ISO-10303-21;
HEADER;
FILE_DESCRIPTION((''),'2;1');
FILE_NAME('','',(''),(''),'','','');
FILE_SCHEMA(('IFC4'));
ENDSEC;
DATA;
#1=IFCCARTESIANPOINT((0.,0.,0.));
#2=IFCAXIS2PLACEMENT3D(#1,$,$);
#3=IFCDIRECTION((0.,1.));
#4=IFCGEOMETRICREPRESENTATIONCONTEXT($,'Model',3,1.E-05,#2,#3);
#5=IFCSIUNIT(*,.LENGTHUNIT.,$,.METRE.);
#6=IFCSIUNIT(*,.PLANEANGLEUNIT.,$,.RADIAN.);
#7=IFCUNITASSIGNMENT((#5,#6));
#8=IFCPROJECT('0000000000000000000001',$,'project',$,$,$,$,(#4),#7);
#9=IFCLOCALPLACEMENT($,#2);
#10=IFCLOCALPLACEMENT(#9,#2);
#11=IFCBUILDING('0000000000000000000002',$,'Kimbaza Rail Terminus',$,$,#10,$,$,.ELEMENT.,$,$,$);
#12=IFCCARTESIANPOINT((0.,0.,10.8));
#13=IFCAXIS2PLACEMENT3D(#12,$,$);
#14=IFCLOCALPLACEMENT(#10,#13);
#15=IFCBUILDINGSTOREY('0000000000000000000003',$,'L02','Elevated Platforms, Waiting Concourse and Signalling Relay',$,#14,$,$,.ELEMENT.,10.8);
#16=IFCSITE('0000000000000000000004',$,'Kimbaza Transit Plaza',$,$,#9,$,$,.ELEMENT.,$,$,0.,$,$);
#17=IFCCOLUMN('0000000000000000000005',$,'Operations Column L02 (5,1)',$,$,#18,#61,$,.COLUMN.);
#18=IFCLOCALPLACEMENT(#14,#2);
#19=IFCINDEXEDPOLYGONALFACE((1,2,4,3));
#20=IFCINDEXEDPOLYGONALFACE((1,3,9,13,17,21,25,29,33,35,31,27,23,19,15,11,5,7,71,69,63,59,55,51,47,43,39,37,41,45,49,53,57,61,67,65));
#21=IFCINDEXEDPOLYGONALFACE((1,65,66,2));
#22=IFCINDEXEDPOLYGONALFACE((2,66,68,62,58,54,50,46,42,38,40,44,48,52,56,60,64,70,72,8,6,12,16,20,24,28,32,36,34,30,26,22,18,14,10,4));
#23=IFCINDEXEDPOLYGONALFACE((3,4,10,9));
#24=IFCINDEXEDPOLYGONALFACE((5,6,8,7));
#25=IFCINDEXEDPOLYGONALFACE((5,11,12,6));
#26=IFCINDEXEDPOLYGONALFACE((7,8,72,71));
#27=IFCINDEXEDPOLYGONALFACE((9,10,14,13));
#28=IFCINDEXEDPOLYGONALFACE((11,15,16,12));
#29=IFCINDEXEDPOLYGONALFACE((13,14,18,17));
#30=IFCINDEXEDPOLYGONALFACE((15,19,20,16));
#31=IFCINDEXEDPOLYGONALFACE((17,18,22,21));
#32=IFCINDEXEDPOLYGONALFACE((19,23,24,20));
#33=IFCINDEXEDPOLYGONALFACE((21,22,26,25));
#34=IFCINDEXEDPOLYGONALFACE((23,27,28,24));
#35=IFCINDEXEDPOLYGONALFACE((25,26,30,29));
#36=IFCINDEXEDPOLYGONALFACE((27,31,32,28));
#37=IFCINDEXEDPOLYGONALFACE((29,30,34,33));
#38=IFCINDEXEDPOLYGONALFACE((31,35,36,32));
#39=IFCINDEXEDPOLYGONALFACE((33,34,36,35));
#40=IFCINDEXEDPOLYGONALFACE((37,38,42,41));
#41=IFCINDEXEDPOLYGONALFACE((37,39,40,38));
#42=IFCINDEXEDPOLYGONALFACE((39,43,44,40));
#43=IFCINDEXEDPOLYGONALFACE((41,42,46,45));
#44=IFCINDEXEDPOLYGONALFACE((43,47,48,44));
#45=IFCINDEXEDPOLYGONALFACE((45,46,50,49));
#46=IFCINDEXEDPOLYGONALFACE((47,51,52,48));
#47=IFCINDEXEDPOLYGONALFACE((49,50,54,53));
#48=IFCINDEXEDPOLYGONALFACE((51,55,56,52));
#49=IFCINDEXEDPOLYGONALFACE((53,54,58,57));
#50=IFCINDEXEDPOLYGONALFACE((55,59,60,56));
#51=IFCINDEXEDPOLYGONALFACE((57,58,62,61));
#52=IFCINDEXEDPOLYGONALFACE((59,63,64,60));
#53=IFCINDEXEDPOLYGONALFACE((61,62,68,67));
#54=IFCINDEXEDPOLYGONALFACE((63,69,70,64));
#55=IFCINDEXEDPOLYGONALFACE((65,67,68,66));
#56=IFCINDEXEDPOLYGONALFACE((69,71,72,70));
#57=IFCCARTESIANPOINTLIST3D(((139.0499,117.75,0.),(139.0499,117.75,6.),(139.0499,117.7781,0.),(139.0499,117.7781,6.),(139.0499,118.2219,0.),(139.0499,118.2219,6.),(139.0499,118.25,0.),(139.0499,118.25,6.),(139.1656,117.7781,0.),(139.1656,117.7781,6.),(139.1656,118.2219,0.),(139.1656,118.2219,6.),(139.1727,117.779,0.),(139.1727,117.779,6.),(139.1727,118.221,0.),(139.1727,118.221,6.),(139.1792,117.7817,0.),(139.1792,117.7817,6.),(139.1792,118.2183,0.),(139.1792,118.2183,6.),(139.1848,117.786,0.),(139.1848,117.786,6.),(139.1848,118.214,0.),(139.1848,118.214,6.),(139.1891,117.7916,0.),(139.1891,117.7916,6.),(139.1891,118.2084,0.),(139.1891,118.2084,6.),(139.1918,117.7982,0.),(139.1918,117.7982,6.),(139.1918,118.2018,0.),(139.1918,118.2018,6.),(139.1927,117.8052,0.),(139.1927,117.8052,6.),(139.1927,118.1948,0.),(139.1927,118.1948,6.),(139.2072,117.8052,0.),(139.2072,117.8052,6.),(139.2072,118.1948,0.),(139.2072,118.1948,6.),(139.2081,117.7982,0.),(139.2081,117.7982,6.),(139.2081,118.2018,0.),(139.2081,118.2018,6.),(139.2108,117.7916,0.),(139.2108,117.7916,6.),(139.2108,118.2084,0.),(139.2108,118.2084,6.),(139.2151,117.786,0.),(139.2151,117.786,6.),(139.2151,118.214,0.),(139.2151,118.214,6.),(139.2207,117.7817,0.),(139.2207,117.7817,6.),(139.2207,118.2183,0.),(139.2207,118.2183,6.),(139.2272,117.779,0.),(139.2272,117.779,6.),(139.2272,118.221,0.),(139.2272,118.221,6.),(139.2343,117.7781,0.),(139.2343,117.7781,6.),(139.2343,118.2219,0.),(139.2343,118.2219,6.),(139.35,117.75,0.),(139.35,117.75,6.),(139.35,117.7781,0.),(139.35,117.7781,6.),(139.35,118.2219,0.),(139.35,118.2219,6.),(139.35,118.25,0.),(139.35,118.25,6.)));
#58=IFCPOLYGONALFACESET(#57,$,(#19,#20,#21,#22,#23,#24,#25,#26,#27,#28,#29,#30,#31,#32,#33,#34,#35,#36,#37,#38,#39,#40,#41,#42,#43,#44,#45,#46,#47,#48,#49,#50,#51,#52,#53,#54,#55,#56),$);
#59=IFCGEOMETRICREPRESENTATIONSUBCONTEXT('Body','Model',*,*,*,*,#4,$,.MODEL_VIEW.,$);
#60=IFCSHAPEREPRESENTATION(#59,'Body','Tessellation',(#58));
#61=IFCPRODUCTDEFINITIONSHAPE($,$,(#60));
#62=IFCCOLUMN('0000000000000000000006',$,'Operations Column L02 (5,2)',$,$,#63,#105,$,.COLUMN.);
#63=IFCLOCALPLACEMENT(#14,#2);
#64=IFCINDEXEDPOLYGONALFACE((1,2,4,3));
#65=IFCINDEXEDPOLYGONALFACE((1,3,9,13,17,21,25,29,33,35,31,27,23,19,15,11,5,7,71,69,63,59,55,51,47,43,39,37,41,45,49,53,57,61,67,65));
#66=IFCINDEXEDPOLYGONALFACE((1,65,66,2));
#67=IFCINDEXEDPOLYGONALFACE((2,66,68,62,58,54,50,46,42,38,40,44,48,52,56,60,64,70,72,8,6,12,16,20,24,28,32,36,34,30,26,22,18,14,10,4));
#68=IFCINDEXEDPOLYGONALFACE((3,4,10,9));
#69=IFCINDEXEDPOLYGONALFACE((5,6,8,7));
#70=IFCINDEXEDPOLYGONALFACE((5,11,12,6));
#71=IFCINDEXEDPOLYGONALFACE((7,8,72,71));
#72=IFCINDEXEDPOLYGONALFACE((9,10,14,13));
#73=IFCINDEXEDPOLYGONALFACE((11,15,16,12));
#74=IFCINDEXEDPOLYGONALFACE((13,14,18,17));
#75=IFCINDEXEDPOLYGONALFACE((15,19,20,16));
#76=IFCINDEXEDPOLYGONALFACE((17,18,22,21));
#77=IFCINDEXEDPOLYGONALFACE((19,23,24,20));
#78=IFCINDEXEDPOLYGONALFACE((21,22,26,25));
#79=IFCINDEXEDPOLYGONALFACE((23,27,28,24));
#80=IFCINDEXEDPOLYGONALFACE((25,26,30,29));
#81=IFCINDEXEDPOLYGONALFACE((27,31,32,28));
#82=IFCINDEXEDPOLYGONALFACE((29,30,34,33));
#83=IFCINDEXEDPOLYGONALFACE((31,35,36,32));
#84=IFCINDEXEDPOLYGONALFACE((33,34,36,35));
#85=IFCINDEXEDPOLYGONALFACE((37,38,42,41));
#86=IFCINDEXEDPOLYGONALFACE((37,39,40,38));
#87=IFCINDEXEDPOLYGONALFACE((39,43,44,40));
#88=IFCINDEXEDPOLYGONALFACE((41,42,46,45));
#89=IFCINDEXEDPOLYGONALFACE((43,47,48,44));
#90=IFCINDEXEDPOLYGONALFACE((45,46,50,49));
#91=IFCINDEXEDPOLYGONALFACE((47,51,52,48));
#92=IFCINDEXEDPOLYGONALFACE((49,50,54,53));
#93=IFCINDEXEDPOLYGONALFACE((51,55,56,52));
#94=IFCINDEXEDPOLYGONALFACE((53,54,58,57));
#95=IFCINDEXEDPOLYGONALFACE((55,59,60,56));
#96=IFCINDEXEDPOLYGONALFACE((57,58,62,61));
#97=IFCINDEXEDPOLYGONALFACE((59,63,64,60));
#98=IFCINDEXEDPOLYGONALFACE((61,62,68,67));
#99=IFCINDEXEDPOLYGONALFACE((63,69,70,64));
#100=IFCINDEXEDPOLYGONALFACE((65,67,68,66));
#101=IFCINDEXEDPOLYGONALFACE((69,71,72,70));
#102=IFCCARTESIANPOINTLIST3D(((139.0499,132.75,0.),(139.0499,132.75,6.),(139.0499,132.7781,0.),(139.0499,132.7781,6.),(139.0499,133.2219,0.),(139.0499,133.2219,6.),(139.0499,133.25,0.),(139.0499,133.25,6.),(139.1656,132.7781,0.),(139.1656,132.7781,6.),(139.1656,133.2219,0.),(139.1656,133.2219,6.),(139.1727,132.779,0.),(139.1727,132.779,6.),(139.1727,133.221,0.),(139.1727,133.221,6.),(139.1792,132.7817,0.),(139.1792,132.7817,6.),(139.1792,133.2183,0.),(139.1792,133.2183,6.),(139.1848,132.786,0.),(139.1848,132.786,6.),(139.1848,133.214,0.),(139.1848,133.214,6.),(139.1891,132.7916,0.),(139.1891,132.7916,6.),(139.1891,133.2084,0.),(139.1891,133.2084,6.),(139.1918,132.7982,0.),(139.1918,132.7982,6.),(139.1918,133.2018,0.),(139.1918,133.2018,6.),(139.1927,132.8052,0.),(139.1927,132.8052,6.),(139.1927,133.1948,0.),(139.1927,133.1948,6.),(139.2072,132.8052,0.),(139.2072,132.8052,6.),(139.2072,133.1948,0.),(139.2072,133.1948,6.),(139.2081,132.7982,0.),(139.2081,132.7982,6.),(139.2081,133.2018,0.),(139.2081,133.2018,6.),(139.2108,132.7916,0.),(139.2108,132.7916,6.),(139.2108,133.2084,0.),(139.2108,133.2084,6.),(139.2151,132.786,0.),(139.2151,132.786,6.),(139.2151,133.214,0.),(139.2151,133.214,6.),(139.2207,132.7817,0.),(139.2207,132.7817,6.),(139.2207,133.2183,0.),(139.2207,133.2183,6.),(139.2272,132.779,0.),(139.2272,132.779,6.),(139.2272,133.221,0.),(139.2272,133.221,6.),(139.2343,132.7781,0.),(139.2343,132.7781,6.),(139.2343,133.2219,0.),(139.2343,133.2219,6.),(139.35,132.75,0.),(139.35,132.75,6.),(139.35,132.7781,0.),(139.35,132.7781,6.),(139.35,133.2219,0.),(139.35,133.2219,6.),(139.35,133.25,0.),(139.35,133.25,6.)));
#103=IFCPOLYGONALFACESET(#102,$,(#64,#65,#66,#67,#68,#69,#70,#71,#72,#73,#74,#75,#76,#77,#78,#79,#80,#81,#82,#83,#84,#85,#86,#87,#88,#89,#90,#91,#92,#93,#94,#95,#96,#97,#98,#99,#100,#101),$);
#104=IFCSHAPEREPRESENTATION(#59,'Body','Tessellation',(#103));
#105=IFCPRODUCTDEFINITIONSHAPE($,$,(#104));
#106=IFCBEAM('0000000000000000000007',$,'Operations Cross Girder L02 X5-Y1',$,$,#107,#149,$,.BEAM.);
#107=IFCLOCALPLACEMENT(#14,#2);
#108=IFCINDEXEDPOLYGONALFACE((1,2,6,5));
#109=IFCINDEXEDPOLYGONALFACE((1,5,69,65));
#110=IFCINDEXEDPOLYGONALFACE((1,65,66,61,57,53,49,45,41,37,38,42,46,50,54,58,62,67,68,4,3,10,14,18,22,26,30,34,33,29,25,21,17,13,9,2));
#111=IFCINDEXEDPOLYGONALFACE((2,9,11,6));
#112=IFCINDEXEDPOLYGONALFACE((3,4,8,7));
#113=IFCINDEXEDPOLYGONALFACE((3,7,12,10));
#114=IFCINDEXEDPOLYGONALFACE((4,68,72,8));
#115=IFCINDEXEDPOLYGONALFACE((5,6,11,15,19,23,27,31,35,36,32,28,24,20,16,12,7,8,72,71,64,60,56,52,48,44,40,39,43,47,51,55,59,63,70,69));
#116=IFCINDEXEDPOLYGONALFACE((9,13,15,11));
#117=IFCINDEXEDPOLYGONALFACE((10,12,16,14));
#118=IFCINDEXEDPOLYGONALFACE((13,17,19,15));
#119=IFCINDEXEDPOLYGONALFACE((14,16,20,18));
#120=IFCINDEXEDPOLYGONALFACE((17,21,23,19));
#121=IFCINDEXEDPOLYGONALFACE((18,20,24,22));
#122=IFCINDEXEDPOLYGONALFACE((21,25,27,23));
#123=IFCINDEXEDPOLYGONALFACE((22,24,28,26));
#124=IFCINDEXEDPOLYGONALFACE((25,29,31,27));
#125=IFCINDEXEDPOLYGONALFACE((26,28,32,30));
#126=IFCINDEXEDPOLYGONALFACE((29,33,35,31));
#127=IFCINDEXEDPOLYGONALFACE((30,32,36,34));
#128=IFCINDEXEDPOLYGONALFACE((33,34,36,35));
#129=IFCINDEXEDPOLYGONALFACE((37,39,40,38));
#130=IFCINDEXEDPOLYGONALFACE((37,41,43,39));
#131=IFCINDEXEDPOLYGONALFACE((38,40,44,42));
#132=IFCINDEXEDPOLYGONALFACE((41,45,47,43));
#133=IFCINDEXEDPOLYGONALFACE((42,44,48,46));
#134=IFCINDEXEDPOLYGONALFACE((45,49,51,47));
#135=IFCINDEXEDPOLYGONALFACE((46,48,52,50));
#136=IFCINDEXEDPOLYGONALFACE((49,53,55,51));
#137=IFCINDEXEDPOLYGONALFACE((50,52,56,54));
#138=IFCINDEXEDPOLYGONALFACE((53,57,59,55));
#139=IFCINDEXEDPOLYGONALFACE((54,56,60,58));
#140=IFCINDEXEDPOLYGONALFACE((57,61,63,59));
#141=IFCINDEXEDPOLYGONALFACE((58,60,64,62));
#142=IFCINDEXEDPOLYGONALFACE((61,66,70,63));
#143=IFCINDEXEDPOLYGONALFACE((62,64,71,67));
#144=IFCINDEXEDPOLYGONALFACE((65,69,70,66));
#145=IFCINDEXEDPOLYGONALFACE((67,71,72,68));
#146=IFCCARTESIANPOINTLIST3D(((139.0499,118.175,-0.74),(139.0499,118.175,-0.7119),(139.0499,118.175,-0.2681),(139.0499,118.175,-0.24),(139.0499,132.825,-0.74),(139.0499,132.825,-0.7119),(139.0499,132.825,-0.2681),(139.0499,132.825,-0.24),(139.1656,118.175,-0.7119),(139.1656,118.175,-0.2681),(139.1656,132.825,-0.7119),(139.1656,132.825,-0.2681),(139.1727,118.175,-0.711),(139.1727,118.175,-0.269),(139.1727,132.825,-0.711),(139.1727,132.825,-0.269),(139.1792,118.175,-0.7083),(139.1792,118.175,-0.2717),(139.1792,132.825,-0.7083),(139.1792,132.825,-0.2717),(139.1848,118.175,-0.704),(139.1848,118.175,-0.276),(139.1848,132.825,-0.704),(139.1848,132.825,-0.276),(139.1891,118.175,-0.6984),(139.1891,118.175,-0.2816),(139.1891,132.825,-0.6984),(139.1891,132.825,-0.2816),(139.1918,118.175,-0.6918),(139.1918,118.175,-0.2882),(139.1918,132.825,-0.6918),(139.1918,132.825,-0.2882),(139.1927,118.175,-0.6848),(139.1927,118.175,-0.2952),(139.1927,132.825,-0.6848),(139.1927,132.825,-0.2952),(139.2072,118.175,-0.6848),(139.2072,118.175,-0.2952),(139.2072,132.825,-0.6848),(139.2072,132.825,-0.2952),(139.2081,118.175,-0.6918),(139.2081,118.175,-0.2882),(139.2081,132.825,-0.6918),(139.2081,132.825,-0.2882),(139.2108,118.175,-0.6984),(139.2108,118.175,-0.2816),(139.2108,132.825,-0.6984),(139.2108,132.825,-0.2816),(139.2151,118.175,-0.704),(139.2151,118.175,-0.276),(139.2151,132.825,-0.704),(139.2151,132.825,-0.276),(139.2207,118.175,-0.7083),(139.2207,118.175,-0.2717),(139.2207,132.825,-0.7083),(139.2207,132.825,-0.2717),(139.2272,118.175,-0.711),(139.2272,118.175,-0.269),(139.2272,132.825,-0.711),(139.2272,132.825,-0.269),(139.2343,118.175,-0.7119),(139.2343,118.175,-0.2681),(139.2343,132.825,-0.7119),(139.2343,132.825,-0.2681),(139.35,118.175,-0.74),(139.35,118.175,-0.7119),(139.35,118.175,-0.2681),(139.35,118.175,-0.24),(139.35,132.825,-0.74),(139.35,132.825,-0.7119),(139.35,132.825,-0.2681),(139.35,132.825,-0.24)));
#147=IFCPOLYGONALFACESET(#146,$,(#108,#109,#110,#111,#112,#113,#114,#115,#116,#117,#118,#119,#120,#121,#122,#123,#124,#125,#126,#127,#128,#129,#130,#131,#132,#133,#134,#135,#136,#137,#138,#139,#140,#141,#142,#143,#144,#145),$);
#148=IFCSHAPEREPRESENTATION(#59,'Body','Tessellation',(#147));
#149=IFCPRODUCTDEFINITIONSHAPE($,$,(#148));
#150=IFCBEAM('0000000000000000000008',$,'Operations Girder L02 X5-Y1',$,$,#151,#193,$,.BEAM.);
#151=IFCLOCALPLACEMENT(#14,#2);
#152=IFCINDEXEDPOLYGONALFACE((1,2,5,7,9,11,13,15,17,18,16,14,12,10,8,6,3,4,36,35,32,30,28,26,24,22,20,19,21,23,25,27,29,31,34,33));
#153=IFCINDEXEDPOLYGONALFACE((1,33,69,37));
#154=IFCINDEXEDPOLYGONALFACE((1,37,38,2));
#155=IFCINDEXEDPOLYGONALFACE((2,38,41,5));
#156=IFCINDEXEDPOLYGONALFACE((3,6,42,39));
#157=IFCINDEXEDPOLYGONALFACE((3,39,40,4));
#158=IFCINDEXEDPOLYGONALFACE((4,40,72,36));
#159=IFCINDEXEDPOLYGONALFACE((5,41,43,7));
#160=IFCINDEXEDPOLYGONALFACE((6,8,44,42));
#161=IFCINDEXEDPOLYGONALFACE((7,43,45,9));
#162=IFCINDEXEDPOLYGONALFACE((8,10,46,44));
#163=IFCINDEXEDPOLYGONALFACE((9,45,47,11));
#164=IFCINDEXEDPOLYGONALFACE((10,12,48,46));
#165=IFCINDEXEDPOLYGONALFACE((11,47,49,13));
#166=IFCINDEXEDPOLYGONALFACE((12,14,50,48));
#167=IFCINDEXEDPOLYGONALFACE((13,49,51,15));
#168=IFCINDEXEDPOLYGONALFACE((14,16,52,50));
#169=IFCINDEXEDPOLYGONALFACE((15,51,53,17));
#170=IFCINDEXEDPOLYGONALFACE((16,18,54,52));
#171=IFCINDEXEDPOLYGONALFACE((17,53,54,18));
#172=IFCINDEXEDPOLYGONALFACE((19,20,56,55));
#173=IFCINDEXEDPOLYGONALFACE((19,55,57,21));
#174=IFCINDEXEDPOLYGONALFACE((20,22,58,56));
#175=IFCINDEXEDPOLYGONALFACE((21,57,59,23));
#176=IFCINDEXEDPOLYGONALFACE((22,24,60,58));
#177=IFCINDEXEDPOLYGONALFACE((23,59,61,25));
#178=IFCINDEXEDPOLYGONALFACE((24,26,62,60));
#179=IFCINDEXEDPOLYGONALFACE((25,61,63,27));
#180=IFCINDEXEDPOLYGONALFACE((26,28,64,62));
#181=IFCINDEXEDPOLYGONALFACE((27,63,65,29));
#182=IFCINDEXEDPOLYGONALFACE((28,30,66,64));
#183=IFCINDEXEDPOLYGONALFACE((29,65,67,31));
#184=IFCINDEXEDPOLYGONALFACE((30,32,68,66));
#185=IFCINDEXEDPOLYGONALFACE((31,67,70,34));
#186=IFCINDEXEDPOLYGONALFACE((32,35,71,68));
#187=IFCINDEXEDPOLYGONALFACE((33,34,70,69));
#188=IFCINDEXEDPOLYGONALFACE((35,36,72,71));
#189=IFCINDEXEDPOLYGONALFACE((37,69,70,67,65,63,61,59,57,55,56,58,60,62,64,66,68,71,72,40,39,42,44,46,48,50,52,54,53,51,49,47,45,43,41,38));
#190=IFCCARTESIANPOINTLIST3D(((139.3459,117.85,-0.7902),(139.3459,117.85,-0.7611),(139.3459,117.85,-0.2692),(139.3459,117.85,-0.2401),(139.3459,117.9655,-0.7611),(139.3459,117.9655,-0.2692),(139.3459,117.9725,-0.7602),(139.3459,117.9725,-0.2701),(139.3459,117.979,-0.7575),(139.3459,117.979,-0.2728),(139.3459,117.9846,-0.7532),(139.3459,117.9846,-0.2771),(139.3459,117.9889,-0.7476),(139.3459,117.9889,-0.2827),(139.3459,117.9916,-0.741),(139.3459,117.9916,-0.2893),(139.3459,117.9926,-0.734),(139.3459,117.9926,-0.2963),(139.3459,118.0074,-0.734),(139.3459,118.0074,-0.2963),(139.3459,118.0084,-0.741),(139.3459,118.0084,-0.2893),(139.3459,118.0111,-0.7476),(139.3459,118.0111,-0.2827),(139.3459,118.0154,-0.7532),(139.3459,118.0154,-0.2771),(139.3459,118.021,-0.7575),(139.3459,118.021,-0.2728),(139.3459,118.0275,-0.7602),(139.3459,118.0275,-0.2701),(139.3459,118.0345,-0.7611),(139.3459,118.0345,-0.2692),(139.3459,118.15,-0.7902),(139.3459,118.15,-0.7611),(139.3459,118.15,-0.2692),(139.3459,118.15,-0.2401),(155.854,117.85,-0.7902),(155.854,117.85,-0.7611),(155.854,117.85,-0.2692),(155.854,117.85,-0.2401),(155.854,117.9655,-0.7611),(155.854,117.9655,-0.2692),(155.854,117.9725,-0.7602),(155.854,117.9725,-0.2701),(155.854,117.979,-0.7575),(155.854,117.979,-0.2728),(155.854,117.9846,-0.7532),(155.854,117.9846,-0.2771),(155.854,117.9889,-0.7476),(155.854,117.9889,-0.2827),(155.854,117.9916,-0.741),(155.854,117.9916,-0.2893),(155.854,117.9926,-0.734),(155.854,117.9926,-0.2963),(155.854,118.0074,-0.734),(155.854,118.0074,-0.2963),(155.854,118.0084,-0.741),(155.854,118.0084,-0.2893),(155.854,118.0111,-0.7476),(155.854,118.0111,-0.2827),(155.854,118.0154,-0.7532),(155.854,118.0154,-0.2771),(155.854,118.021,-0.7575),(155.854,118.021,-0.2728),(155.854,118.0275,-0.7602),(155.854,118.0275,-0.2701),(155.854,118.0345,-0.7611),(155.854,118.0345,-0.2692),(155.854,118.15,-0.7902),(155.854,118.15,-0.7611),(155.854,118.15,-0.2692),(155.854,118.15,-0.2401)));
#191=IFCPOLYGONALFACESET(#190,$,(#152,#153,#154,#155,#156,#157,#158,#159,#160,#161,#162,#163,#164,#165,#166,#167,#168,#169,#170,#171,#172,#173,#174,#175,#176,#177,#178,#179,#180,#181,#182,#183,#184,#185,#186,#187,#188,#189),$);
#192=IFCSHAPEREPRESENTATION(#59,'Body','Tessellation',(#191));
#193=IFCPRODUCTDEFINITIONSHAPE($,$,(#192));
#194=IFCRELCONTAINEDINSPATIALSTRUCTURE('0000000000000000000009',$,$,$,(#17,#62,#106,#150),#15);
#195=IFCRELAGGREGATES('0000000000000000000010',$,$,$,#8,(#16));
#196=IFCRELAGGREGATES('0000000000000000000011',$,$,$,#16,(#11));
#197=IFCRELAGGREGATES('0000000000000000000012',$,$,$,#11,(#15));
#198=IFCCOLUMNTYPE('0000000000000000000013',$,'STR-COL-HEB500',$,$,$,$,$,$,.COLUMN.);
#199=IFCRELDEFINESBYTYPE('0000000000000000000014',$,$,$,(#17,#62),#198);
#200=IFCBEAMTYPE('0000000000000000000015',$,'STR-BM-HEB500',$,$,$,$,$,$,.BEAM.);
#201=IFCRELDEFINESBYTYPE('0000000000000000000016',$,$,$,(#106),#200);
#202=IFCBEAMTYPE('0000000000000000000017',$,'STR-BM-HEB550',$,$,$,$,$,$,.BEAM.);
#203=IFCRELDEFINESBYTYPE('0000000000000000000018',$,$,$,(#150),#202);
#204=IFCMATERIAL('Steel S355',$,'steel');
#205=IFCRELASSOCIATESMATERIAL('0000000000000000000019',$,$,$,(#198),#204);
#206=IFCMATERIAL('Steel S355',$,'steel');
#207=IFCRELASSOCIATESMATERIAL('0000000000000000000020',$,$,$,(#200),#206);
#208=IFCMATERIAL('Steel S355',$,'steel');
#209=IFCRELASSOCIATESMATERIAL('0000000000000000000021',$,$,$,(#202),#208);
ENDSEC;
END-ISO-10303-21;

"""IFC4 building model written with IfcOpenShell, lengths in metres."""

from ifc_helpers import new_model, si_unit, direction, frame, origin, origin_2d, place, context, subcontext, project, spatial, i_section, extrude, material, material_profile, profile_set, type_object, element, save


model = new_model("IFC4")

# Units and contexts
model_context = context("Model", 3, precision=1e-05, world=origin(), true_north=direction((0.0, 1.0)))
body_context = subcontext(model_context, "Body", "Model", "MODEL_VIEW")
ifc_project = project(units=[si_unit("LENGTHUNIT", "METRE"), si_unit("PLANEANGLEUNIT", "RADIAN")], contexts=[model_context])

# Site, building, storey
site_placement = place(None, origin())
site = spatial("IfcSite", under=ifc_project, at=site_placement, Name="Kimbaza Transit Plaza", CompositionType="ELEMENT", RefElevation=0.0)
building_placement = place(site_placement, origin())
building = spatial("IfcBuilding", under=site, at=building_placement, Name="Kimbaza Rail Terminus", CompositionType="ELEMENT")
storey_placement = place(building_placement, frame((0.0, 0.0, 10.8)))
storey = spatial("IfcBuildingStorey", under=building, at=storey_placement, Name="L02", Description="Elevated Platforms, Waiting Concourse and Signalling Relay", CompositionType="ELEMENT", Elevation=10.8)

# Columns
ifc_material_1 = material(Name="Steel S355", Category="steel")
ifc_material_profile_1 = material_profile(ifc_material_1, i_section(OverallWidth=0.3, OverallDepth=0.5, WebThickness=0.0144, FlangeThickness=0.0281, FilletRadius=0.0271, at=origin_2d()), Name="HEB 500")
ifc_profile_set_1 = profile_set([ifc_material_profile_1], Name="Steel S355")
column_type = type_object("IfcColumnType", Name="STR-COL-HEB500", PredefinedType="COLUMN", material=ifc_profile_set_1)
for number, where, z_axis, x_axis, name in (
    (1, (139.2, 118.0, 0.0), (0.0, 0.0, 1.0), (1.0, 0.0, 0.0), "Operations Column L02 (5,1)"),
    (2, (139.2, 133.0, 0.0), (0.0, 0.0, 1.0), (1.0, 0.0, 0.0), "Operations Column L02 (5,2)"),
):
    element("IfcColumn", number, at=place(storey_placement, frame(where, z_axis=z_axis, x_axis=x_axis)), inside=storey, type_object=column_type, Name=name, PredefinedType="COLUMN", context=body_context, shape_type="SweptSolid", body=[
        extrude(i_section(OverallWidth=0.3, OverallDepth=0.5, WebThickness=0.0144, FlangeThickness=0.0281, FilletRadius=0.0271, at=origin_2d()), origin(), (0.0, 0.0, 1.0), 6.0),
    ])

# Beams
ifc_material_2 = material(Name="Steel S355", Category="steel")
ifc_material_profile_2 = material_profile(ifc_material_2, i_section(OverallWidth=0.3, OverallDepth=0.5, WebThickness=0.0144, FlangeThickness=0.0281, FilletRadius=0.0271, at=origin_2d()), Name="HEB 500")
ifc_profile_set_2 = profile_set([ifc_material_profile_2], Name="Steel S355")
beam_type_1 = type_object("IfcBeamType", Name="STR-BM-HEB500", PredefinedType="BEAM", material=ifc_profile_set_2)
beam_1_placement = place(storey_placement, frame((139.2, 118.175, -0.49), z_axis=(0.0, 1.0, 0.0), x_axis=(-1.0, 0.0, 0.0)))
element("IfcBeam", 3, at=beam_1_placement, inside=storey, type_object=beam_type_1, Name="Operations Cross Girder L02 X5-Y1", PredefinedType="BEAM", context=body_context, shape_type="SweptSolid", body=[
    extrude(i_section(OverallWidth=0.3, OverallDepth=0.5, WebThickness=0.0144, FlangeThickness=0.0281, FilletRadius=0.0271, at=origin_2d()), origin(), (0.0, 0.0, 1.0), 14.6499),
])
ifc_material_3 = material(Name="Steel S355", Category="steel")
ifc_material_profile_3 = material_profile(ifc_material_3, i_section(OverallWidth=0.3, OverallDepth=0.55, WebThickness=0.0149, FlangeThickness=0.0291, FilletRadius=0.0271, at=origin_2d()), Name="HEB 550")
ifc_profile_set_3 = profile_set([ifc_material_profile_3], Name="Steel S355")
beam_type_2 = type_object("IfcBeamType", Name="STR-BM-HEB550", PredefinedType="BEAM", material=ifc_profile_set_3)
beam_2_placement = place(storey_placement, frame((139.3459, 118.0, -0.5151), z_axis=(1.0, 0.0, 0.0), x_axis=(0.0, 1.0, 0.0)))
element("IfcBeam", 4, at=beam_2_placement, inside=storey, type_object=beam_type_2, Name="Operations Girder L02 X5-Y1", PredefinedType="BEAM", context=body_context, shape_type="SweptSolid", body=[
    extrude(i_section(OverallWidth=0.3, OverallDepth=0.55, WebThickness=0.0149, FlangeThickness=0.0291, FilletRadius=0.0271, at=origin_2d()), origin(), (0.0, 0.0, 1.0), 16.5081),
])

save(model, "model.ifc")
